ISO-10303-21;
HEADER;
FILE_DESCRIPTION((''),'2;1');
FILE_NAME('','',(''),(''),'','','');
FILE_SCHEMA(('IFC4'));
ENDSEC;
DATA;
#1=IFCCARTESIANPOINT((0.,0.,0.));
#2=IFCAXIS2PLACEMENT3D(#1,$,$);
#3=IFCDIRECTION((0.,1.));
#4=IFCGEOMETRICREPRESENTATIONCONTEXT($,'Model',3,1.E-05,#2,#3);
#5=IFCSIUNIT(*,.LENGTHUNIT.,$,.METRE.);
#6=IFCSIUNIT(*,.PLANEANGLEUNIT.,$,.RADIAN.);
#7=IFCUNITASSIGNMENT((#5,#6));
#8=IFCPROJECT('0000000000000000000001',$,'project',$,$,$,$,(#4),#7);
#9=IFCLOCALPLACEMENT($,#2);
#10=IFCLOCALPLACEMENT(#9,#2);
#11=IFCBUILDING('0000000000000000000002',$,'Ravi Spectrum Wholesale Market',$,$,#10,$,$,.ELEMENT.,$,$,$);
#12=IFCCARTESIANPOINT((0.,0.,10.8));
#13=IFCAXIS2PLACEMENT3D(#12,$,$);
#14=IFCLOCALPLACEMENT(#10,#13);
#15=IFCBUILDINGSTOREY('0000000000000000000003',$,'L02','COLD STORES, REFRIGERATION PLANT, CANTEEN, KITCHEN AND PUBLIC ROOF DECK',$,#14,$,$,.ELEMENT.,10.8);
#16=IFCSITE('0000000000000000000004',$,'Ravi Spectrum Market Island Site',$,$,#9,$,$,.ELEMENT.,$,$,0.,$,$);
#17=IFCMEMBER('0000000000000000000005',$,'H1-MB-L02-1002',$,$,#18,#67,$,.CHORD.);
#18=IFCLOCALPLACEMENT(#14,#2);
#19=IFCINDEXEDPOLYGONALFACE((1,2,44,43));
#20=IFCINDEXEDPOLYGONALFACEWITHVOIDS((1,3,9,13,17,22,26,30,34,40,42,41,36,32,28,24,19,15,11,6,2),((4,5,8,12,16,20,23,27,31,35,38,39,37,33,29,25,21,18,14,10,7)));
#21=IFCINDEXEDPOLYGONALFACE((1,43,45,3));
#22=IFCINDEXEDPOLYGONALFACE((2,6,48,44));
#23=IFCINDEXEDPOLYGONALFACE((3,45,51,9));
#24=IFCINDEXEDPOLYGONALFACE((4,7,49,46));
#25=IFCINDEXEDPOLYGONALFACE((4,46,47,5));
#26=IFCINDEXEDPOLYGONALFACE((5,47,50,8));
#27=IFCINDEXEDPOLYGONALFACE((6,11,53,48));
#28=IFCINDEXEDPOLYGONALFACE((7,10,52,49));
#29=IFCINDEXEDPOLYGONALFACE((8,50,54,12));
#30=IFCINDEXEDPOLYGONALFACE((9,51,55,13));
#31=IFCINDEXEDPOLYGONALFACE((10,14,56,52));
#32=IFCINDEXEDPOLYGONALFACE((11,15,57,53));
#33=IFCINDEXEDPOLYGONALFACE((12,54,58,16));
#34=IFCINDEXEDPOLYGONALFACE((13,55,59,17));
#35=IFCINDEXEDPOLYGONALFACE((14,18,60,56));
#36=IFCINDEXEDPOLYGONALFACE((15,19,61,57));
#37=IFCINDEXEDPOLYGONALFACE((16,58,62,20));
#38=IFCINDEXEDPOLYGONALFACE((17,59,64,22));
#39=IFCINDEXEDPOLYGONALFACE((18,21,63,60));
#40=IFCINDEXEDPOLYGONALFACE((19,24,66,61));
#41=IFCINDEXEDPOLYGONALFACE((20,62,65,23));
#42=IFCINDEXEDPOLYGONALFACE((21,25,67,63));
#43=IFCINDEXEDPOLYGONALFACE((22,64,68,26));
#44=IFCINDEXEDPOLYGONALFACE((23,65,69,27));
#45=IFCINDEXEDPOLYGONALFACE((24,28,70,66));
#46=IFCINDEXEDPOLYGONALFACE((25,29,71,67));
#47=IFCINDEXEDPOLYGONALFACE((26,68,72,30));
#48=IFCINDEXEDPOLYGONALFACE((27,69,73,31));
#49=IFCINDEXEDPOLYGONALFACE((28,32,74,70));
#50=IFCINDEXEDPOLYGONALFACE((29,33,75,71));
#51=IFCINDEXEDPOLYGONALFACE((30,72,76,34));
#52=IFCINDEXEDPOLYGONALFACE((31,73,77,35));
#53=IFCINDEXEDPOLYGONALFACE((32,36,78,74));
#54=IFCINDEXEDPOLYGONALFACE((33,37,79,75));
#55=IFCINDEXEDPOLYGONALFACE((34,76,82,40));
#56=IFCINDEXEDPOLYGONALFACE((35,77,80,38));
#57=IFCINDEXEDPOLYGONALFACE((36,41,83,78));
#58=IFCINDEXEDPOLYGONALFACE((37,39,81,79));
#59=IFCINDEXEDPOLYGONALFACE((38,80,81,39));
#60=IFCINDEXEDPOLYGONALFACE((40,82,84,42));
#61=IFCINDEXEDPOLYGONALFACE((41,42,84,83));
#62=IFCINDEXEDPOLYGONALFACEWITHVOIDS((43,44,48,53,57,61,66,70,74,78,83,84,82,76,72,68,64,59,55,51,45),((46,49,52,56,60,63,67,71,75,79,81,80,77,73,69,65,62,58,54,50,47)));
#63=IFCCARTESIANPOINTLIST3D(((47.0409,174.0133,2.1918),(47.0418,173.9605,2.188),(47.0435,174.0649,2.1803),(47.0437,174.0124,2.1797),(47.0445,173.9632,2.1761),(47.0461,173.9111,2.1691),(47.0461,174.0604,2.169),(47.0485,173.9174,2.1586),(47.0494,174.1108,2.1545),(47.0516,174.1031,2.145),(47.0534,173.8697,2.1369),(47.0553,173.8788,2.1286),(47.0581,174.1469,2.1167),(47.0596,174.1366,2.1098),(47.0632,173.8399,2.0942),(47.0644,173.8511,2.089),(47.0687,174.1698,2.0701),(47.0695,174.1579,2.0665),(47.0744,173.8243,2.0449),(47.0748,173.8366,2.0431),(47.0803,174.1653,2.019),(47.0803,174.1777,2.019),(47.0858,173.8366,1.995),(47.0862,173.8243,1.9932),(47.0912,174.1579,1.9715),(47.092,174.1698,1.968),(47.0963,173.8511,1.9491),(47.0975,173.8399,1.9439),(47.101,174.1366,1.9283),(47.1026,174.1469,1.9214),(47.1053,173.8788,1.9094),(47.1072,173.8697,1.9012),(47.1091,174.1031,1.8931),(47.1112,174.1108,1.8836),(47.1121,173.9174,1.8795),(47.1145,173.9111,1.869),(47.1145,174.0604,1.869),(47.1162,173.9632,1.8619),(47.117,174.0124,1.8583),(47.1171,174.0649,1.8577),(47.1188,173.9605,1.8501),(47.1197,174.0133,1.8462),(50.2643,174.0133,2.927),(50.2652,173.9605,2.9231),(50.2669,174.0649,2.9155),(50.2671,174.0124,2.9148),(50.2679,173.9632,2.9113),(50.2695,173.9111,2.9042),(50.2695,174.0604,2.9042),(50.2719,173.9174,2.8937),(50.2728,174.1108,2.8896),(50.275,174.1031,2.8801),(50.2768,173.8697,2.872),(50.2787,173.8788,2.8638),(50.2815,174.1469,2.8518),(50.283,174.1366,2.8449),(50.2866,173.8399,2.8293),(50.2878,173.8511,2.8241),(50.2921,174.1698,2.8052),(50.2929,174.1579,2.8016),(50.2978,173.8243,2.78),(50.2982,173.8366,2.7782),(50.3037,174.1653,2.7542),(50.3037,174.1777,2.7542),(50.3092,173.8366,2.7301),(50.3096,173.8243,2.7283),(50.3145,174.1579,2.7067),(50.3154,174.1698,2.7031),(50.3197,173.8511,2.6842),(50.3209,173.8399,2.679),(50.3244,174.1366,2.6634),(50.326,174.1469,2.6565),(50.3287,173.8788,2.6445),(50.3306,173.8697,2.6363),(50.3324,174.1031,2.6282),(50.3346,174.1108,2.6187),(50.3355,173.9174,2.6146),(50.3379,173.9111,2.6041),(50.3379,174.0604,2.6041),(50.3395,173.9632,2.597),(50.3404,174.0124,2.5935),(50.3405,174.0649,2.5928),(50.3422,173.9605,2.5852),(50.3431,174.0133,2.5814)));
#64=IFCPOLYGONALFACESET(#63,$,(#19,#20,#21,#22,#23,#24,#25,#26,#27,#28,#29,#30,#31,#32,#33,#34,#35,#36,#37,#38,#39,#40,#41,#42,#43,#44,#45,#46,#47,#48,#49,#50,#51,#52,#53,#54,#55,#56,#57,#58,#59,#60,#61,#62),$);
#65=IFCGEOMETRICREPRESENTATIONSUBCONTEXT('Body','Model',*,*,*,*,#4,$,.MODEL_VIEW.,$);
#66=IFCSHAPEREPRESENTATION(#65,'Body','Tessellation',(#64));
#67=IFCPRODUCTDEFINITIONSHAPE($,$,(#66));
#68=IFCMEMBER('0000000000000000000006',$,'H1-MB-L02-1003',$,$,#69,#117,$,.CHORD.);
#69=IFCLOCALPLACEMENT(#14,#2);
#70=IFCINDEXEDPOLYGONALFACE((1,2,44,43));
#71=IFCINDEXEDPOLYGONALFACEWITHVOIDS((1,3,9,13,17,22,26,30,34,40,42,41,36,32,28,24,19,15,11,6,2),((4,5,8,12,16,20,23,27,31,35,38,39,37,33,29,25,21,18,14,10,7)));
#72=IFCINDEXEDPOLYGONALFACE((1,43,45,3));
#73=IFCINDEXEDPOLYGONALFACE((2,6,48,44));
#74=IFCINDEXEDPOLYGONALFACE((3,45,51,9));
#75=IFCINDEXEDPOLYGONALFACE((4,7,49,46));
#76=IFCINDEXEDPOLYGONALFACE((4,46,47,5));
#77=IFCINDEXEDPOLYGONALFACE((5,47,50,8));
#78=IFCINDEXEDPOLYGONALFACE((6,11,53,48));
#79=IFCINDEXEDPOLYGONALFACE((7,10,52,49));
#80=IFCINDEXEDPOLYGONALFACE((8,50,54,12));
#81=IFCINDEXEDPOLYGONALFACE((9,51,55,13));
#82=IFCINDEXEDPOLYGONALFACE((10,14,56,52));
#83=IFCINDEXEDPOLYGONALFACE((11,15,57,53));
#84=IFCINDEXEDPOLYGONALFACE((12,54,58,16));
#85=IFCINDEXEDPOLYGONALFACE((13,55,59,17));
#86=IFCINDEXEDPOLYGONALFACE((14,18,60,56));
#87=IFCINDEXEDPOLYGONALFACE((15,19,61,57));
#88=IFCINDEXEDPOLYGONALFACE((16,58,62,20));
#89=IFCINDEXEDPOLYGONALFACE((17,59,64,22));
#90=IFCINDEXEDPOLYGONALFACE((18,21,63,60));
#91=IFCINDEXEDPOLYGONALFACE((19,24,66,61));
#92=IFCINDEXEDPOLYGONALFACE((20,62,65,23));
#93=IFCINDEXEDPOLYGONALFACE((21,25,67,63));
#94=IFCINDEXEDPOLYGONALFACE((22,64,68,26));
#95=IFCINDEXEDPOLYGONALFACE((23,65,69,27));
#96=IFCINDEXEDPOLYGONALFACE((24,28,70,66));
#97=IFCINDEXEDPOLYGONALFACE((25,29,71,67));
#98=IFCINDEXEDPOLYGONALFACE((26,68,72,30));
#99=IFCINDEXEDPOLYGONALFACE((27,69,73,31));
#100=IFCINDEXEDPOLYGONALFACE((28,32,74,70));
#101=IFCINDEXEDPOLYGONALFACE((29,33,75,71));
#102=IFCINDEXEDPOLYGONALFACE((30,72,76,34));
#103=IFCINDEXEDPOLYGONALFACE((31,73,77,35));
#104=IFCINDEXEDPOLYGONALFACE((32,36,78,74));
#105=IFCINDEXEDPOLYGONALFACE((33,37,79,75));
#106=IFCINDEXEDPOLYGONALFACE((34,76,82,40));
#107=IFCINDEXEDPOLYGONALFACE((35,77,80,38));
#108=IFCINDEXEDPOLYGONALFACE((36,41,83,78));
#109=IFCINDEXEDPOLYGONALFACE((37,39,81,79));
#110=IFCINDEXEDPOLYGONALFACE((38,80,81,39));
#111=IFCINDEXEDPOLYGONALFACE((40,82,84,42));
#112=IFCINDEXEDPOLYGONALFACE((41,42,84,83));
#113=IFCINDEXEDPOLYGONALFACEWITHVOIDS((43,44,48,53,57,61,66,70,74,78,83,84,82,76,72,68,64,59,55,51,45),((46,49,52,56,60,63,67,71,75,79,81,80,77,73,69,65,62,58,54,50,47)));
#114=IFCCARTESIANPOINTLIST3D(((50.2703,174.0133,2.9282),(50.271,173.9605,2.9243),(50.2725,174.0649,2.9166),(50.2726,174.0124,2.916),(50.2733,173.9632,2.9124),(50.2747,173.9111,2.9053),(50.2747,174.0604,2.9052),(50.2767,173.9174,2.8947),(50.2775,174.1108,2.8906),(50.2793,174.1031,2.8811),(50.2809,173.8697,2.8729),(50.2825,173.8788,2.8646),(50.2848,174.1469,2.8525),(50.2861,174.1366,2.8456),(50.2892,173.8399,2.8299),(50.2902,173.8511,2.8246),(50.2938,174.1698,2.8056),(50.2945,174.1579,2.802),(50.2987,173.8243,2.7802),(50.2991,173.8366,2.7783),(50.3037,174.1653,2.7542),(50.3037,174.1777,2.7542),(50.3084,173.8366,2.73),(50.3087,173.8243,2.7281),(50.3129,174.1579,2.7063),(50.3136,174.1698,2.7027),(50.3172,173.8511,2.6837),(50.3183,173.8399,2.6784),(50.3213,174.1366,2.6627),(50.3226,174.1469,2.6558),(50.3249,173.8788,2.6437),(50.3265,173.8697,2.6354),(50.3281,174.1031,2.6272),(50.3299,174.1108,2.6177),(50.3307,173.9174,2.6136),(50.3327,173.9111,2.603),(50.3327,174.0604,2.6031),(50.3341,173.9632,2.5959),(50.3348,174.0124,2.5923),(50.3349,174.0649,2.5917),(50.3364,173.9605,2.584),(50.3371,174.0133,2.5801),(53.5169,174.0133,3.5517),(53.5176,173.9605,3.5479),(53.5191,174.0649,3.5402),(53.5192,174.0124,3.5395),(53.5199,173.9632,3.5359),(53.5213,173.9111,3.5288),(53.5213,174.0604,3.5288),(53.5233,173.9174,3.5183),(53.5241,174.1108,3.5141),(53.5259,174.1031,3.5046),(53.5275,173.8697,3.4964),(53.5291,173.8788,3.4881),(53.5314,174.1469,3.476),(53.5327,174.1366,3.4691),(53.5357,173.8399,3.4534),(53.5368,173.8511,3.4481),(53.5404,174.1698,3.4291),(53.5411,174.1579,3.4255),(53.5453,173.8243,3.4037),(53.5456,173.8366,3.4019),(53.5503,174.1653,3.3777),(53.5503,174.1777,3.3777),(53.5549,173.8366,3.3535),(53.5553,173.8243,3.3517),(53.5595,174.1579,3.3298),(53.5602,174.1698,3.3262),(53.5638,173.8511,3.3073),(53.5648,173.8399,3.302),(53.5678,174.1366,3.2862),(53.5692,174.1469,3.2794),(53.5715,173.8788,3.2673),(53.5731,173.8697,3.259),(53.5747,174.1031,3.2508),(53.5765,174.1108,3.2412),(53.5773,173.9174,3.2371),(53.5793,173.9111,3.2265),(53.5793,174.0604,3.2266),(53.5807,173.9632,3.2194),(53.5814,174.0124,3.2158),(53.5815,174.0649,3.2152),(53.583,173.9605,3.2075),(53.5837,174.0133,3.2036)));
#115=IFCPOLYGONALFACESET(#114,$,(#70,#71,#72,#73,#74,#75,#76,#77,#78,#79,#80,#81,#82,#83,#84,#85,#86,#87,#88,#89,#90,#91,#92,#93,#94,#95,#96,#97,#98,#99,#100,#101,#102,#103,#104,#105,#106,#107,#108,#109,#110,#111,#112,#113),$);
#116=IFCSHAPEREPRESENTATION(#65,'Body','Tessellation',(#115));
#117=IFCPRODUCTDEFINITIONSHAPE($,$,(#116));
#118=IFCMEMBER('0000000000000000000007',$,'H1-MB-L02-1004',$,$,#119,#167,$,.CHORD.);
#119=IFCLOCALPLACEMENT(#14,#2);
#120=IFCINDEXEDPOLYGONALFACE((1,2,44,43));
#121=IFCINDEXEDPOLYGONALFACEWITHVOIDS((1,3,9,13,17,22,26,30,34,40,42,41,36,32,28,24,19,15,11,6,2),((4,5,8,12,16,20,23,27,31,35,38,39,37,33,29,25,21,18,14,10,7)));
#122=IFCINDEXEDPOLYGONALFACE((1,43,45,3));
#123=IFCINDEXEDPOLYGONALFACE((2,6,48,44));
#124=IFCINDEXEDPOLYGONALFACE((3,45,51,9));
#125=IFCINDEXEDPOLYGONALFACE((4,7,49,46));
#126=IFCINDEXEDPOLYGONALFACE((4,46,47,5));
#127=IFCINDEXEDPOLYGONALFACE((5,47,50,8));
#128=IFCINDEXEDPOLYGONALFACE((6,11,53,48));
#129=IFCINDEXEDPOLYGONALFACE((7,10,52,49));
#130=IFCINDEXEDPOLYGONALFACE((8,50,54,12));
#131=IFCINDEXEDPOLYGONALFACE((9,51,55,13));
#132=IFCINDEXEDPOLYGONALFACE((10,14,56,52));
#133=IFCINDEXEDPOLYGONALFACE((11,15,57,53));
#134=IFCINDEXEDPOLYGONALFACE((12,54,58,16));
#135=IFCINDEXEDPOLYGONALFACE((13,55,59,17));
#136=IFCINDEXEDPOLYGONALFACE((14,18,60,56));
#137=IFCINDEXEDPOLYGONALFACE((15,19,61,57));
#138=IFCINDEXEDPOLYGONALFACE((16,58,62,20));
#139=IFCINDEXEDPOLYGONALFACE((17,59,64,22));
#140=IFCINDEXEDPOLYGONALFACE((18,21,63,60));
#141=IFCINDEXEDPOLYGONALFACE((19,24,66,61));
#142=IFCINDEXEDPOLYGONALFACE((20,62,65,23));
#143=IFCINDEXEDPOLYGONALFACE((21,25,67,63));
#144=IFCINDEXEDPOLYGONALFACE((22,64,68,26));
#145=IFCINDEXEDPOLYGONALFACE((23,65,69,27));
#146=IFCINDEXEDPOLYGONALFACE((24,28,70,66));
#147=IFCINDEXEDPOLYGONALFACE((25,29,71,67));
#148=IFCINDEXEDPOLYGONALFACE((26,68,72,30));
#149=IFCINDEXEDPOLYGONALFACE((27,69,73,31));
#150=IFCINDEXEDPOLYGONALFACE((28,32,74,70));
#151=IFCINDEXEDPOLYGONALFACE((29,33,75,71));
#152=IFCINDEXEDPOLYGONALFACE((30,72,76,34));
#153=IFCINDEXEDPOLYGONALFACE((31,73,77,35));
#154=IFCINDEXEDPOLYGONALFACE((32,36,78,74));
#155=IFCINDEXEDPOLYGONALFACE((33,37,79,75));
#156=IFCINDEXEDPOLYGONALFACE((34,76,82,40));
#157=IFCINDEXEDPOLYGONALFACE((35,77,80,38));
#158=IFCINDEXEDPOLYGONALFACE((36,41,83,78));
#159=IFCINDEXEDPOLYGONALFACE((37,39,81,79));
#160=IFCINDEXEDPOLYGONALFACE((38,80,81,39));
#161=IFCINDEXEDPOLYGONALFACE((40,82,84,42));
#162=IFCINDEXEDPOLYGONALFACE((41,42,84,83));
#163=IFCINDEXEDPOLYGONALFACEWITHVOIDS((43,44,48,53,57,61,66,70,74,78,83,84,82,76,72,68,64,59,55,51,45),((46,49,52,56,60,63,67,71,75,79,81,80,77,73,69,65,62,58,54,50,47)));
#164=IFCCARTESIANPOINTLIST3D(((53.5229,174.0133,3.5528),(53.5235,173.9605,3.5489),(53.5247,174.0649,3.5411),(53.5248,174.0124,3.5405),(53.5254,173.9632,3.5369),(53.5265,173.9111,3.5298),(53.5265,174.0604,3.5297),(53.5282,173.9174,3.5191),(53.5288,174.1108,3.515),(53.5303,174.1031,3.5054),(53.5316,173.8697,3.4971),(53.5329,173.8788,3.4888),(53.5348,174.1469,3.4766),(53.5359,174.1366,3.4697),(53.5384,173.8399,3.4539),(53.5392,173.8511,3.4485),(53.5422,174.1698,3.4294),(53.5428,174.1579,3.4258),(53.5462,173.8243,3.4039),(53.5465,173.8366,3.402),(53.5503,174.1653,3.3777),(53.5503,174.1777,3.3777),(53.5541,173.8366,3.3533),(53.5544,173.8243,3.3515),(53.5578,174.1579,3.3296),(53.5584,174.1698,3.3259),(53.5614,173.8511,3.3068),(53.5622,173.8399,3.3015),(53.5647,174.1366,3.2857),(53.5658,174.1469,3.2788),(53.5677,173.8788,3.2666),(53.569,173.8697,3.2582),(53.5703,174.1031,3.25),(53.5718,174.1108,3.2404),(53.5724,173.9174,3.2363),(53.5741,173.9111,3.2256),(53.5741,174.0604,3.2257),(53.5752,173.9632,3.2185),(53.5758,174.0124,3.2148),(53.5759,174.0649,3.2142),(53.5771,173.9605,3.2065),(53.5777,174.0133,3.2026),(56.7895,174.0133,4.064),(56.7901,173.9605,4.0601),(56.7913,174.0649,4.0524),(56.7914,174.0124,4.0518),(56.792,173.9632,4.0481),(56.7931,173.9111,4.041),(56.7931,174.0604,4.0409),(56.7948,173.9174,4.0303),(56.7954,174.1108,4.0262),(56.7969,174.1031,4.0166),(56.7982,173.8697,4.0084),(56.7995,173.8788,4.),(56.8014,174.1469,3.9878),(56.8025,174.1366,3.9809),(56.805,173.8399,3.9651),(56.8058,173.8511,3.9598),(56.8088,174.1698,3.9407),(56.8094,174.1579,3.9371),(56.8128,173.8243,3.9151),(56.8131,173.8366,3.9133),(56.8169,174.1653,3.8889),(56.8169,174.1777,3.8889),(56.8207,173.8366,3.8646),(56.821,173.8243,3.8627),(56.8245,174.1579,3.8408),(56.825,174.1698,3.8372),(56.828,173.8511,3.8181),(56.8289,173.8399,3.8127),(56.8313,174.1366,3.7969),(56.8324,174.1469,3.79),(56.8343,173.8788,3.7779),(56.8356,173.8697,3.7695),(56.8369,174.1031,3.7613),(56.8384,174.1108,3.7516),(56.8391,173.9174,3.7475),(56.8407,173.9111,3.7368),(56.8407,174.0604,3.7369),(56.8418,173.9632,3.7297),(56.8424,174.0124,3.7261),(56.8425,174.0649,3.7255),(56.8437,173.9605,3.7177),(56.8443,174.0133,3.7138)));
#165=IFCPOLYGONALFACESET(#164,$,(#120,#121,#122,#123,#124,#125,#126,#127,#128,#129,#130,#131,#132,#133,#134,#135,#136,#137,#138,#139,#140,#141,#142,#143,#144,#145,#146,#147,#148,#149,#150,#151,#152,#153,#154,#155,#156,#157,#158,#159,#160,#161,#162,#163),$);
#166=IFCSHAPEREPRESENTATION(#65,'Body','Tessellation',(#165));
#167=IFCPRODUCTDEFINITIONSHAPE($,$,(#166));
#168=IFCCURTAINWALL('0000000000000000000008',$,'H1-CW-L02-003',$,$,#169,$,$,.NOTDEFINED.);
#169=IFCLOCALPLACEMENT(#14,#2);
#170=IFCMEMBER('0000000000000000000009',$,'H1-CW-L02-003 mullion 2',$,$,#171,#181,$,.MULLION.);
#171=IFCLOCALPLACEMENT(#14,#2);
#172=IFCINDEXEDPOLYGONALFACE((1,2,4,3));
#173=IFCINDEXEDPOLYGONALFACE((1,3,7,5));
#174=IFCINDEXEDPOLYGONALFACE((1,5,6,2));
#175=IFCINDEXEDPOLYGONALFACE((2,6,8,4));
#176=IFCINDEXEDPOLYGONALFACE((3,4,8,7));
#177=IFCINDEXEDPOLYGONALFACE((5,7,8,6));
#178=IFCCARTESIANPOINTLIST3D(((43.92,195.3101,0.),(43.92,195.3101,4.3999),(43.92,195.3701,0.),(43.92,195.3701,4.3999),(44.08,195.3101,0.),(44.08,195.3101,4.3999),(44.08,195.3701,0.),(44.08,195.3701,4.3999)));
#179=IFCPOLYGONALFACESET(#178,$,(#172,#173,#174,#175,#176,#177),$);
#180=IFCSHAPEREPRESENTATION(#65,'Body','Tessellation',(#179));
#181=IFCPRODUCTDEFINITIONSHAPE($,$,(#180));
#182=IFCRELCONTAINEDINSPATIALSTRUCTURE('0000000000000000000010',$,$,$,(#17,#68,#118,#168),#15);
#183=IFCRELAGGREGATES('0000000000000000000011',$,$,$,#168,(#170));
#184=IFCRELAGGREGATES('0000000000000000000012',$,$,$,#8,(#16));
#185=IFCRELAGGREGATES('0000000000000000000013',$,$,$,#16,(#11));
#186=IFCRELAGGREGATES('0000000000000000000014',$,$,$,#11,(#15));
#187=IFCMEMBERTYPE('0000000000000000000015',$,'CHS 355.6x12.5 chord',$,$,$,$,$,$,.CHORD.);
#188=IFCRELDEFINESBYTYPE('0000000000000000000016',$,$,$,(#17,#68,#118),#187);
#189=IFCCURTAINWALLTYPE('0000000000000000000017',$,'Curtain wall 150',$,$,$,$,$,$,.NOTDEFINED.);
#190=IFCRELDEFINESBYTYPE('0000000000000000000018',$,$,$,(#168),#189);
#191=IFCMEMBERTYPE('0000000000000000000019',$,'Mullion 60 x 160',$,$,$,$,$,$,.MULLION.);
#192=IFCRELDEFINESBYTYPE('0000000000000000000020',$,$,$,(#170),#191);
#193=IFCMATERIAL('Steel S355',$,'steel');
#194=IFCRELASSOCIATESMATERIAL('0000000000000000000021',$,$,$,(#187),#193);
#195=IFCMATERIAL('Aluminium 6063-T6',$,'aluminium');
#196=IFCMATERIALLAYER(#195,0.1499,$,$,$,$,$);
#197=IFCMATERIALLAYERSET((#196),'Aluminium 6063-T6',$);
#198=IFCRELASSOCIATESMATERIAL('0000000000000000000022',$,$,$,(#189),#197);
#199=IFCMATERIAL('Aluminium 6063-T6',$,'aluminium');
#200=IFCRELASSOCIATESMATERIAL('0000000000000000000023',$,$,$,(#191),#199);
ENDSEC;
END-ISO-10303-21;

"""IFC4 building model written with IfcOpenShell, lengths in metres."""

from ifc_helpers import new_model, si_unit, direction, frame, origin, origin_2d, place, context, subcontext, project, spatial, rectangle, hollow_circle, extrude, material, layer, layer_set, material_profile, profile_set, type_object, element, aggregate, save


model = new_model("IFC4")

# Units and contexts
model_context = context("Model", 3, precision=1e-05, world=origin(), true_north=direction((0.0, 1.0)))
body_context = subcontext(model_context, "Body", "Model", "MODEL_VIEW")
ifc_project = project(units=[si_unit("LENGTHUNIT", "METRE"), si_unit("PLANEANGLEUNIT", "RADIAN")], contexts=[model_context])

# Site, building, storey
site_placement = place(None, origin())
site = spatial("IfcSite", under=ifc_project, at=site_placement, Name="Ravi Spectrum Market Island Site", CompositionType="ELEMENT", RefElevation=0.0)
building_placement = place(site_placement, origin())
building = spatial("IfcBuilding", under=site, at=building_placement, Name="Ravi Spectrum Wholesale Market", CompositionType="ELEMENT")
storey_placement = place(building_placement, frame((0.0, 0.0, 10.8)))
storey = spatial("IfcBuildingStorey", under=building, at=storey_placement, Name="L02", Description="COLD STORES, REFRIGERATION PLANT, CANTEEN, KITCHEN AND PUBLIC ROOF DECK", CompositionType="ELEMENT", Elevation=10.8)

# Members
ifc_material_1 = material(Name="Steel S355", Category="steel")
ifc_material_profile_1 = material_profile(ifc_material_1, hollow_circle(Radius=0.1777, WallThickness=0.0125, at=origin_2d()))
ifc_profile_set_1 = profile_set([ifc_material_profile_1], Name="Steel S355")
member_type_1 = type_object("IfcMemberType", Name="CHS 355.6x12.5 chord", PredefinedType="CHORD", material=ifc_profile_set_1)
for number, where, z_axis, x_axis, name in (
    (1, (47.0803, 174.0, 2.019), (0.974968, 0.0, 0.222346), (0.0, 1.0, 0.0), "H1-MB-L02-1002"),
):
    element("IfcMember", number, at=place(storey_placement, frame(where, z_axis=z_axis, x_axis=x_axis)), inside=storey, type_object=member_type_1, Name=name, PredefinedType="CHORD", context=body_context, shape_type="SweptSolid", body=[
        extrude(hollow_circle(Radius=0.1777, WallThickness=0.0125, at=origin_2d()), origin(), (0.0, 0.0, 1.0), 3.3062),
    ])
member_1_placement = place(storey_placement, frame((50.3037, 174.0, 2.7542), z_axis=(0.982052, 0.0, 0.188612), x_axis=(0.0, 1.0, 0.0)))
element("IfcMember", 2, at=member_1_placement, inside=storey, type_object=member_type_1, Name="H1-MB-L02-1003", PredefinedType="CHORD", context=body_context, shape_type="SweptSolid", body=[
    extrude(hollow_circle(Radius=0.1777, WallThickness=0.0125, at=origin_2d()), origin(), (0.0, 0.0, 1.0), 3.3059),
])
member_2_placement = place(storey_placement, frame((53.5503, 174.0, 3.3777), z_axis=(0.987974, 0.0, 0.15462), x_axis=(0.0, 1.0, 0.0)))
element("IfcMember", 3, at=member_2_placement, inside=storey, type_object=member_type_1, Name="H1-MB-L02-1004", PredefinedType="CHORD", context=body_context, shape_type="SweptSolid", body=[
    extrude(hollow_circle(Radius=0.1777, WallThickness=0.0125, at=origin_2d()), origin(), (0.0, 0.0, 1.0), 3.3064),
])

# Curtain wall, member
ifc_material_2 = material(Name="Aluminium 6063-T6", Category="aluminium")
ifc_layer_1 = layer(ifc_material_2, 0.1499)
ifc_layer_set_1 = layer_set([ifc_layer_1], Name="Aluminium 6063-T6")
curtain_wall_type = type_object("IfcCurtainWallType", Name="Curtain wall 150", PredefinedType="NOTDEFINED", material=ifc_layer_set_1)
curtain_wall_placement = place(storey_placement, origin())
curtain_wall = element("IfcCurtainWall", 4, at=curtain_wall_placement, inside=storey, type_object=curtain_wall_type, Name="H1-CW-L02-003", PredefinedType="NOTDEFINED")
ifc_material_3 = material(Name="Aluminium 6063-T6", Category="aluminium")
ifc_material_profile_2 = material_profile(ifc_material_3, rectangle(XDim=0.0601, YDim=0.1599, at=origin_2d()))
ifc_profile_set_2 = profile_set([ifc_material_profile_2], Name="Aluminium 6063-T6")
member_type_2 = type_object("IfcMemberType", Name="Mullion 60 x 160", PredefinedType="MULLION", material=ifc_profile_set_2)
member_3_placement = place(storey_placement, frame((44.0, 195.3401, 0.0), z_axis=(0.0, 0.0, 1.0), x_axis=(0.0, 1.0, 0.0)))
member_3 = element("IfcMember", 5, at=member_3_placement, type_object=member_type_2, Name="H1-CW-L02-003 mullion 2", PredefinedType="MULLION", context=body_context, shape_type="SweptSolid", body=[
    extrude(rectangle(XDim=0.0601, YDim=0.1599, at=origin_2d()), origin(), (0.0, 0.0, 1.0), 4.3999),
])

aggregate(curtain_wall, [member_3])

save(model, "model.ifc")
